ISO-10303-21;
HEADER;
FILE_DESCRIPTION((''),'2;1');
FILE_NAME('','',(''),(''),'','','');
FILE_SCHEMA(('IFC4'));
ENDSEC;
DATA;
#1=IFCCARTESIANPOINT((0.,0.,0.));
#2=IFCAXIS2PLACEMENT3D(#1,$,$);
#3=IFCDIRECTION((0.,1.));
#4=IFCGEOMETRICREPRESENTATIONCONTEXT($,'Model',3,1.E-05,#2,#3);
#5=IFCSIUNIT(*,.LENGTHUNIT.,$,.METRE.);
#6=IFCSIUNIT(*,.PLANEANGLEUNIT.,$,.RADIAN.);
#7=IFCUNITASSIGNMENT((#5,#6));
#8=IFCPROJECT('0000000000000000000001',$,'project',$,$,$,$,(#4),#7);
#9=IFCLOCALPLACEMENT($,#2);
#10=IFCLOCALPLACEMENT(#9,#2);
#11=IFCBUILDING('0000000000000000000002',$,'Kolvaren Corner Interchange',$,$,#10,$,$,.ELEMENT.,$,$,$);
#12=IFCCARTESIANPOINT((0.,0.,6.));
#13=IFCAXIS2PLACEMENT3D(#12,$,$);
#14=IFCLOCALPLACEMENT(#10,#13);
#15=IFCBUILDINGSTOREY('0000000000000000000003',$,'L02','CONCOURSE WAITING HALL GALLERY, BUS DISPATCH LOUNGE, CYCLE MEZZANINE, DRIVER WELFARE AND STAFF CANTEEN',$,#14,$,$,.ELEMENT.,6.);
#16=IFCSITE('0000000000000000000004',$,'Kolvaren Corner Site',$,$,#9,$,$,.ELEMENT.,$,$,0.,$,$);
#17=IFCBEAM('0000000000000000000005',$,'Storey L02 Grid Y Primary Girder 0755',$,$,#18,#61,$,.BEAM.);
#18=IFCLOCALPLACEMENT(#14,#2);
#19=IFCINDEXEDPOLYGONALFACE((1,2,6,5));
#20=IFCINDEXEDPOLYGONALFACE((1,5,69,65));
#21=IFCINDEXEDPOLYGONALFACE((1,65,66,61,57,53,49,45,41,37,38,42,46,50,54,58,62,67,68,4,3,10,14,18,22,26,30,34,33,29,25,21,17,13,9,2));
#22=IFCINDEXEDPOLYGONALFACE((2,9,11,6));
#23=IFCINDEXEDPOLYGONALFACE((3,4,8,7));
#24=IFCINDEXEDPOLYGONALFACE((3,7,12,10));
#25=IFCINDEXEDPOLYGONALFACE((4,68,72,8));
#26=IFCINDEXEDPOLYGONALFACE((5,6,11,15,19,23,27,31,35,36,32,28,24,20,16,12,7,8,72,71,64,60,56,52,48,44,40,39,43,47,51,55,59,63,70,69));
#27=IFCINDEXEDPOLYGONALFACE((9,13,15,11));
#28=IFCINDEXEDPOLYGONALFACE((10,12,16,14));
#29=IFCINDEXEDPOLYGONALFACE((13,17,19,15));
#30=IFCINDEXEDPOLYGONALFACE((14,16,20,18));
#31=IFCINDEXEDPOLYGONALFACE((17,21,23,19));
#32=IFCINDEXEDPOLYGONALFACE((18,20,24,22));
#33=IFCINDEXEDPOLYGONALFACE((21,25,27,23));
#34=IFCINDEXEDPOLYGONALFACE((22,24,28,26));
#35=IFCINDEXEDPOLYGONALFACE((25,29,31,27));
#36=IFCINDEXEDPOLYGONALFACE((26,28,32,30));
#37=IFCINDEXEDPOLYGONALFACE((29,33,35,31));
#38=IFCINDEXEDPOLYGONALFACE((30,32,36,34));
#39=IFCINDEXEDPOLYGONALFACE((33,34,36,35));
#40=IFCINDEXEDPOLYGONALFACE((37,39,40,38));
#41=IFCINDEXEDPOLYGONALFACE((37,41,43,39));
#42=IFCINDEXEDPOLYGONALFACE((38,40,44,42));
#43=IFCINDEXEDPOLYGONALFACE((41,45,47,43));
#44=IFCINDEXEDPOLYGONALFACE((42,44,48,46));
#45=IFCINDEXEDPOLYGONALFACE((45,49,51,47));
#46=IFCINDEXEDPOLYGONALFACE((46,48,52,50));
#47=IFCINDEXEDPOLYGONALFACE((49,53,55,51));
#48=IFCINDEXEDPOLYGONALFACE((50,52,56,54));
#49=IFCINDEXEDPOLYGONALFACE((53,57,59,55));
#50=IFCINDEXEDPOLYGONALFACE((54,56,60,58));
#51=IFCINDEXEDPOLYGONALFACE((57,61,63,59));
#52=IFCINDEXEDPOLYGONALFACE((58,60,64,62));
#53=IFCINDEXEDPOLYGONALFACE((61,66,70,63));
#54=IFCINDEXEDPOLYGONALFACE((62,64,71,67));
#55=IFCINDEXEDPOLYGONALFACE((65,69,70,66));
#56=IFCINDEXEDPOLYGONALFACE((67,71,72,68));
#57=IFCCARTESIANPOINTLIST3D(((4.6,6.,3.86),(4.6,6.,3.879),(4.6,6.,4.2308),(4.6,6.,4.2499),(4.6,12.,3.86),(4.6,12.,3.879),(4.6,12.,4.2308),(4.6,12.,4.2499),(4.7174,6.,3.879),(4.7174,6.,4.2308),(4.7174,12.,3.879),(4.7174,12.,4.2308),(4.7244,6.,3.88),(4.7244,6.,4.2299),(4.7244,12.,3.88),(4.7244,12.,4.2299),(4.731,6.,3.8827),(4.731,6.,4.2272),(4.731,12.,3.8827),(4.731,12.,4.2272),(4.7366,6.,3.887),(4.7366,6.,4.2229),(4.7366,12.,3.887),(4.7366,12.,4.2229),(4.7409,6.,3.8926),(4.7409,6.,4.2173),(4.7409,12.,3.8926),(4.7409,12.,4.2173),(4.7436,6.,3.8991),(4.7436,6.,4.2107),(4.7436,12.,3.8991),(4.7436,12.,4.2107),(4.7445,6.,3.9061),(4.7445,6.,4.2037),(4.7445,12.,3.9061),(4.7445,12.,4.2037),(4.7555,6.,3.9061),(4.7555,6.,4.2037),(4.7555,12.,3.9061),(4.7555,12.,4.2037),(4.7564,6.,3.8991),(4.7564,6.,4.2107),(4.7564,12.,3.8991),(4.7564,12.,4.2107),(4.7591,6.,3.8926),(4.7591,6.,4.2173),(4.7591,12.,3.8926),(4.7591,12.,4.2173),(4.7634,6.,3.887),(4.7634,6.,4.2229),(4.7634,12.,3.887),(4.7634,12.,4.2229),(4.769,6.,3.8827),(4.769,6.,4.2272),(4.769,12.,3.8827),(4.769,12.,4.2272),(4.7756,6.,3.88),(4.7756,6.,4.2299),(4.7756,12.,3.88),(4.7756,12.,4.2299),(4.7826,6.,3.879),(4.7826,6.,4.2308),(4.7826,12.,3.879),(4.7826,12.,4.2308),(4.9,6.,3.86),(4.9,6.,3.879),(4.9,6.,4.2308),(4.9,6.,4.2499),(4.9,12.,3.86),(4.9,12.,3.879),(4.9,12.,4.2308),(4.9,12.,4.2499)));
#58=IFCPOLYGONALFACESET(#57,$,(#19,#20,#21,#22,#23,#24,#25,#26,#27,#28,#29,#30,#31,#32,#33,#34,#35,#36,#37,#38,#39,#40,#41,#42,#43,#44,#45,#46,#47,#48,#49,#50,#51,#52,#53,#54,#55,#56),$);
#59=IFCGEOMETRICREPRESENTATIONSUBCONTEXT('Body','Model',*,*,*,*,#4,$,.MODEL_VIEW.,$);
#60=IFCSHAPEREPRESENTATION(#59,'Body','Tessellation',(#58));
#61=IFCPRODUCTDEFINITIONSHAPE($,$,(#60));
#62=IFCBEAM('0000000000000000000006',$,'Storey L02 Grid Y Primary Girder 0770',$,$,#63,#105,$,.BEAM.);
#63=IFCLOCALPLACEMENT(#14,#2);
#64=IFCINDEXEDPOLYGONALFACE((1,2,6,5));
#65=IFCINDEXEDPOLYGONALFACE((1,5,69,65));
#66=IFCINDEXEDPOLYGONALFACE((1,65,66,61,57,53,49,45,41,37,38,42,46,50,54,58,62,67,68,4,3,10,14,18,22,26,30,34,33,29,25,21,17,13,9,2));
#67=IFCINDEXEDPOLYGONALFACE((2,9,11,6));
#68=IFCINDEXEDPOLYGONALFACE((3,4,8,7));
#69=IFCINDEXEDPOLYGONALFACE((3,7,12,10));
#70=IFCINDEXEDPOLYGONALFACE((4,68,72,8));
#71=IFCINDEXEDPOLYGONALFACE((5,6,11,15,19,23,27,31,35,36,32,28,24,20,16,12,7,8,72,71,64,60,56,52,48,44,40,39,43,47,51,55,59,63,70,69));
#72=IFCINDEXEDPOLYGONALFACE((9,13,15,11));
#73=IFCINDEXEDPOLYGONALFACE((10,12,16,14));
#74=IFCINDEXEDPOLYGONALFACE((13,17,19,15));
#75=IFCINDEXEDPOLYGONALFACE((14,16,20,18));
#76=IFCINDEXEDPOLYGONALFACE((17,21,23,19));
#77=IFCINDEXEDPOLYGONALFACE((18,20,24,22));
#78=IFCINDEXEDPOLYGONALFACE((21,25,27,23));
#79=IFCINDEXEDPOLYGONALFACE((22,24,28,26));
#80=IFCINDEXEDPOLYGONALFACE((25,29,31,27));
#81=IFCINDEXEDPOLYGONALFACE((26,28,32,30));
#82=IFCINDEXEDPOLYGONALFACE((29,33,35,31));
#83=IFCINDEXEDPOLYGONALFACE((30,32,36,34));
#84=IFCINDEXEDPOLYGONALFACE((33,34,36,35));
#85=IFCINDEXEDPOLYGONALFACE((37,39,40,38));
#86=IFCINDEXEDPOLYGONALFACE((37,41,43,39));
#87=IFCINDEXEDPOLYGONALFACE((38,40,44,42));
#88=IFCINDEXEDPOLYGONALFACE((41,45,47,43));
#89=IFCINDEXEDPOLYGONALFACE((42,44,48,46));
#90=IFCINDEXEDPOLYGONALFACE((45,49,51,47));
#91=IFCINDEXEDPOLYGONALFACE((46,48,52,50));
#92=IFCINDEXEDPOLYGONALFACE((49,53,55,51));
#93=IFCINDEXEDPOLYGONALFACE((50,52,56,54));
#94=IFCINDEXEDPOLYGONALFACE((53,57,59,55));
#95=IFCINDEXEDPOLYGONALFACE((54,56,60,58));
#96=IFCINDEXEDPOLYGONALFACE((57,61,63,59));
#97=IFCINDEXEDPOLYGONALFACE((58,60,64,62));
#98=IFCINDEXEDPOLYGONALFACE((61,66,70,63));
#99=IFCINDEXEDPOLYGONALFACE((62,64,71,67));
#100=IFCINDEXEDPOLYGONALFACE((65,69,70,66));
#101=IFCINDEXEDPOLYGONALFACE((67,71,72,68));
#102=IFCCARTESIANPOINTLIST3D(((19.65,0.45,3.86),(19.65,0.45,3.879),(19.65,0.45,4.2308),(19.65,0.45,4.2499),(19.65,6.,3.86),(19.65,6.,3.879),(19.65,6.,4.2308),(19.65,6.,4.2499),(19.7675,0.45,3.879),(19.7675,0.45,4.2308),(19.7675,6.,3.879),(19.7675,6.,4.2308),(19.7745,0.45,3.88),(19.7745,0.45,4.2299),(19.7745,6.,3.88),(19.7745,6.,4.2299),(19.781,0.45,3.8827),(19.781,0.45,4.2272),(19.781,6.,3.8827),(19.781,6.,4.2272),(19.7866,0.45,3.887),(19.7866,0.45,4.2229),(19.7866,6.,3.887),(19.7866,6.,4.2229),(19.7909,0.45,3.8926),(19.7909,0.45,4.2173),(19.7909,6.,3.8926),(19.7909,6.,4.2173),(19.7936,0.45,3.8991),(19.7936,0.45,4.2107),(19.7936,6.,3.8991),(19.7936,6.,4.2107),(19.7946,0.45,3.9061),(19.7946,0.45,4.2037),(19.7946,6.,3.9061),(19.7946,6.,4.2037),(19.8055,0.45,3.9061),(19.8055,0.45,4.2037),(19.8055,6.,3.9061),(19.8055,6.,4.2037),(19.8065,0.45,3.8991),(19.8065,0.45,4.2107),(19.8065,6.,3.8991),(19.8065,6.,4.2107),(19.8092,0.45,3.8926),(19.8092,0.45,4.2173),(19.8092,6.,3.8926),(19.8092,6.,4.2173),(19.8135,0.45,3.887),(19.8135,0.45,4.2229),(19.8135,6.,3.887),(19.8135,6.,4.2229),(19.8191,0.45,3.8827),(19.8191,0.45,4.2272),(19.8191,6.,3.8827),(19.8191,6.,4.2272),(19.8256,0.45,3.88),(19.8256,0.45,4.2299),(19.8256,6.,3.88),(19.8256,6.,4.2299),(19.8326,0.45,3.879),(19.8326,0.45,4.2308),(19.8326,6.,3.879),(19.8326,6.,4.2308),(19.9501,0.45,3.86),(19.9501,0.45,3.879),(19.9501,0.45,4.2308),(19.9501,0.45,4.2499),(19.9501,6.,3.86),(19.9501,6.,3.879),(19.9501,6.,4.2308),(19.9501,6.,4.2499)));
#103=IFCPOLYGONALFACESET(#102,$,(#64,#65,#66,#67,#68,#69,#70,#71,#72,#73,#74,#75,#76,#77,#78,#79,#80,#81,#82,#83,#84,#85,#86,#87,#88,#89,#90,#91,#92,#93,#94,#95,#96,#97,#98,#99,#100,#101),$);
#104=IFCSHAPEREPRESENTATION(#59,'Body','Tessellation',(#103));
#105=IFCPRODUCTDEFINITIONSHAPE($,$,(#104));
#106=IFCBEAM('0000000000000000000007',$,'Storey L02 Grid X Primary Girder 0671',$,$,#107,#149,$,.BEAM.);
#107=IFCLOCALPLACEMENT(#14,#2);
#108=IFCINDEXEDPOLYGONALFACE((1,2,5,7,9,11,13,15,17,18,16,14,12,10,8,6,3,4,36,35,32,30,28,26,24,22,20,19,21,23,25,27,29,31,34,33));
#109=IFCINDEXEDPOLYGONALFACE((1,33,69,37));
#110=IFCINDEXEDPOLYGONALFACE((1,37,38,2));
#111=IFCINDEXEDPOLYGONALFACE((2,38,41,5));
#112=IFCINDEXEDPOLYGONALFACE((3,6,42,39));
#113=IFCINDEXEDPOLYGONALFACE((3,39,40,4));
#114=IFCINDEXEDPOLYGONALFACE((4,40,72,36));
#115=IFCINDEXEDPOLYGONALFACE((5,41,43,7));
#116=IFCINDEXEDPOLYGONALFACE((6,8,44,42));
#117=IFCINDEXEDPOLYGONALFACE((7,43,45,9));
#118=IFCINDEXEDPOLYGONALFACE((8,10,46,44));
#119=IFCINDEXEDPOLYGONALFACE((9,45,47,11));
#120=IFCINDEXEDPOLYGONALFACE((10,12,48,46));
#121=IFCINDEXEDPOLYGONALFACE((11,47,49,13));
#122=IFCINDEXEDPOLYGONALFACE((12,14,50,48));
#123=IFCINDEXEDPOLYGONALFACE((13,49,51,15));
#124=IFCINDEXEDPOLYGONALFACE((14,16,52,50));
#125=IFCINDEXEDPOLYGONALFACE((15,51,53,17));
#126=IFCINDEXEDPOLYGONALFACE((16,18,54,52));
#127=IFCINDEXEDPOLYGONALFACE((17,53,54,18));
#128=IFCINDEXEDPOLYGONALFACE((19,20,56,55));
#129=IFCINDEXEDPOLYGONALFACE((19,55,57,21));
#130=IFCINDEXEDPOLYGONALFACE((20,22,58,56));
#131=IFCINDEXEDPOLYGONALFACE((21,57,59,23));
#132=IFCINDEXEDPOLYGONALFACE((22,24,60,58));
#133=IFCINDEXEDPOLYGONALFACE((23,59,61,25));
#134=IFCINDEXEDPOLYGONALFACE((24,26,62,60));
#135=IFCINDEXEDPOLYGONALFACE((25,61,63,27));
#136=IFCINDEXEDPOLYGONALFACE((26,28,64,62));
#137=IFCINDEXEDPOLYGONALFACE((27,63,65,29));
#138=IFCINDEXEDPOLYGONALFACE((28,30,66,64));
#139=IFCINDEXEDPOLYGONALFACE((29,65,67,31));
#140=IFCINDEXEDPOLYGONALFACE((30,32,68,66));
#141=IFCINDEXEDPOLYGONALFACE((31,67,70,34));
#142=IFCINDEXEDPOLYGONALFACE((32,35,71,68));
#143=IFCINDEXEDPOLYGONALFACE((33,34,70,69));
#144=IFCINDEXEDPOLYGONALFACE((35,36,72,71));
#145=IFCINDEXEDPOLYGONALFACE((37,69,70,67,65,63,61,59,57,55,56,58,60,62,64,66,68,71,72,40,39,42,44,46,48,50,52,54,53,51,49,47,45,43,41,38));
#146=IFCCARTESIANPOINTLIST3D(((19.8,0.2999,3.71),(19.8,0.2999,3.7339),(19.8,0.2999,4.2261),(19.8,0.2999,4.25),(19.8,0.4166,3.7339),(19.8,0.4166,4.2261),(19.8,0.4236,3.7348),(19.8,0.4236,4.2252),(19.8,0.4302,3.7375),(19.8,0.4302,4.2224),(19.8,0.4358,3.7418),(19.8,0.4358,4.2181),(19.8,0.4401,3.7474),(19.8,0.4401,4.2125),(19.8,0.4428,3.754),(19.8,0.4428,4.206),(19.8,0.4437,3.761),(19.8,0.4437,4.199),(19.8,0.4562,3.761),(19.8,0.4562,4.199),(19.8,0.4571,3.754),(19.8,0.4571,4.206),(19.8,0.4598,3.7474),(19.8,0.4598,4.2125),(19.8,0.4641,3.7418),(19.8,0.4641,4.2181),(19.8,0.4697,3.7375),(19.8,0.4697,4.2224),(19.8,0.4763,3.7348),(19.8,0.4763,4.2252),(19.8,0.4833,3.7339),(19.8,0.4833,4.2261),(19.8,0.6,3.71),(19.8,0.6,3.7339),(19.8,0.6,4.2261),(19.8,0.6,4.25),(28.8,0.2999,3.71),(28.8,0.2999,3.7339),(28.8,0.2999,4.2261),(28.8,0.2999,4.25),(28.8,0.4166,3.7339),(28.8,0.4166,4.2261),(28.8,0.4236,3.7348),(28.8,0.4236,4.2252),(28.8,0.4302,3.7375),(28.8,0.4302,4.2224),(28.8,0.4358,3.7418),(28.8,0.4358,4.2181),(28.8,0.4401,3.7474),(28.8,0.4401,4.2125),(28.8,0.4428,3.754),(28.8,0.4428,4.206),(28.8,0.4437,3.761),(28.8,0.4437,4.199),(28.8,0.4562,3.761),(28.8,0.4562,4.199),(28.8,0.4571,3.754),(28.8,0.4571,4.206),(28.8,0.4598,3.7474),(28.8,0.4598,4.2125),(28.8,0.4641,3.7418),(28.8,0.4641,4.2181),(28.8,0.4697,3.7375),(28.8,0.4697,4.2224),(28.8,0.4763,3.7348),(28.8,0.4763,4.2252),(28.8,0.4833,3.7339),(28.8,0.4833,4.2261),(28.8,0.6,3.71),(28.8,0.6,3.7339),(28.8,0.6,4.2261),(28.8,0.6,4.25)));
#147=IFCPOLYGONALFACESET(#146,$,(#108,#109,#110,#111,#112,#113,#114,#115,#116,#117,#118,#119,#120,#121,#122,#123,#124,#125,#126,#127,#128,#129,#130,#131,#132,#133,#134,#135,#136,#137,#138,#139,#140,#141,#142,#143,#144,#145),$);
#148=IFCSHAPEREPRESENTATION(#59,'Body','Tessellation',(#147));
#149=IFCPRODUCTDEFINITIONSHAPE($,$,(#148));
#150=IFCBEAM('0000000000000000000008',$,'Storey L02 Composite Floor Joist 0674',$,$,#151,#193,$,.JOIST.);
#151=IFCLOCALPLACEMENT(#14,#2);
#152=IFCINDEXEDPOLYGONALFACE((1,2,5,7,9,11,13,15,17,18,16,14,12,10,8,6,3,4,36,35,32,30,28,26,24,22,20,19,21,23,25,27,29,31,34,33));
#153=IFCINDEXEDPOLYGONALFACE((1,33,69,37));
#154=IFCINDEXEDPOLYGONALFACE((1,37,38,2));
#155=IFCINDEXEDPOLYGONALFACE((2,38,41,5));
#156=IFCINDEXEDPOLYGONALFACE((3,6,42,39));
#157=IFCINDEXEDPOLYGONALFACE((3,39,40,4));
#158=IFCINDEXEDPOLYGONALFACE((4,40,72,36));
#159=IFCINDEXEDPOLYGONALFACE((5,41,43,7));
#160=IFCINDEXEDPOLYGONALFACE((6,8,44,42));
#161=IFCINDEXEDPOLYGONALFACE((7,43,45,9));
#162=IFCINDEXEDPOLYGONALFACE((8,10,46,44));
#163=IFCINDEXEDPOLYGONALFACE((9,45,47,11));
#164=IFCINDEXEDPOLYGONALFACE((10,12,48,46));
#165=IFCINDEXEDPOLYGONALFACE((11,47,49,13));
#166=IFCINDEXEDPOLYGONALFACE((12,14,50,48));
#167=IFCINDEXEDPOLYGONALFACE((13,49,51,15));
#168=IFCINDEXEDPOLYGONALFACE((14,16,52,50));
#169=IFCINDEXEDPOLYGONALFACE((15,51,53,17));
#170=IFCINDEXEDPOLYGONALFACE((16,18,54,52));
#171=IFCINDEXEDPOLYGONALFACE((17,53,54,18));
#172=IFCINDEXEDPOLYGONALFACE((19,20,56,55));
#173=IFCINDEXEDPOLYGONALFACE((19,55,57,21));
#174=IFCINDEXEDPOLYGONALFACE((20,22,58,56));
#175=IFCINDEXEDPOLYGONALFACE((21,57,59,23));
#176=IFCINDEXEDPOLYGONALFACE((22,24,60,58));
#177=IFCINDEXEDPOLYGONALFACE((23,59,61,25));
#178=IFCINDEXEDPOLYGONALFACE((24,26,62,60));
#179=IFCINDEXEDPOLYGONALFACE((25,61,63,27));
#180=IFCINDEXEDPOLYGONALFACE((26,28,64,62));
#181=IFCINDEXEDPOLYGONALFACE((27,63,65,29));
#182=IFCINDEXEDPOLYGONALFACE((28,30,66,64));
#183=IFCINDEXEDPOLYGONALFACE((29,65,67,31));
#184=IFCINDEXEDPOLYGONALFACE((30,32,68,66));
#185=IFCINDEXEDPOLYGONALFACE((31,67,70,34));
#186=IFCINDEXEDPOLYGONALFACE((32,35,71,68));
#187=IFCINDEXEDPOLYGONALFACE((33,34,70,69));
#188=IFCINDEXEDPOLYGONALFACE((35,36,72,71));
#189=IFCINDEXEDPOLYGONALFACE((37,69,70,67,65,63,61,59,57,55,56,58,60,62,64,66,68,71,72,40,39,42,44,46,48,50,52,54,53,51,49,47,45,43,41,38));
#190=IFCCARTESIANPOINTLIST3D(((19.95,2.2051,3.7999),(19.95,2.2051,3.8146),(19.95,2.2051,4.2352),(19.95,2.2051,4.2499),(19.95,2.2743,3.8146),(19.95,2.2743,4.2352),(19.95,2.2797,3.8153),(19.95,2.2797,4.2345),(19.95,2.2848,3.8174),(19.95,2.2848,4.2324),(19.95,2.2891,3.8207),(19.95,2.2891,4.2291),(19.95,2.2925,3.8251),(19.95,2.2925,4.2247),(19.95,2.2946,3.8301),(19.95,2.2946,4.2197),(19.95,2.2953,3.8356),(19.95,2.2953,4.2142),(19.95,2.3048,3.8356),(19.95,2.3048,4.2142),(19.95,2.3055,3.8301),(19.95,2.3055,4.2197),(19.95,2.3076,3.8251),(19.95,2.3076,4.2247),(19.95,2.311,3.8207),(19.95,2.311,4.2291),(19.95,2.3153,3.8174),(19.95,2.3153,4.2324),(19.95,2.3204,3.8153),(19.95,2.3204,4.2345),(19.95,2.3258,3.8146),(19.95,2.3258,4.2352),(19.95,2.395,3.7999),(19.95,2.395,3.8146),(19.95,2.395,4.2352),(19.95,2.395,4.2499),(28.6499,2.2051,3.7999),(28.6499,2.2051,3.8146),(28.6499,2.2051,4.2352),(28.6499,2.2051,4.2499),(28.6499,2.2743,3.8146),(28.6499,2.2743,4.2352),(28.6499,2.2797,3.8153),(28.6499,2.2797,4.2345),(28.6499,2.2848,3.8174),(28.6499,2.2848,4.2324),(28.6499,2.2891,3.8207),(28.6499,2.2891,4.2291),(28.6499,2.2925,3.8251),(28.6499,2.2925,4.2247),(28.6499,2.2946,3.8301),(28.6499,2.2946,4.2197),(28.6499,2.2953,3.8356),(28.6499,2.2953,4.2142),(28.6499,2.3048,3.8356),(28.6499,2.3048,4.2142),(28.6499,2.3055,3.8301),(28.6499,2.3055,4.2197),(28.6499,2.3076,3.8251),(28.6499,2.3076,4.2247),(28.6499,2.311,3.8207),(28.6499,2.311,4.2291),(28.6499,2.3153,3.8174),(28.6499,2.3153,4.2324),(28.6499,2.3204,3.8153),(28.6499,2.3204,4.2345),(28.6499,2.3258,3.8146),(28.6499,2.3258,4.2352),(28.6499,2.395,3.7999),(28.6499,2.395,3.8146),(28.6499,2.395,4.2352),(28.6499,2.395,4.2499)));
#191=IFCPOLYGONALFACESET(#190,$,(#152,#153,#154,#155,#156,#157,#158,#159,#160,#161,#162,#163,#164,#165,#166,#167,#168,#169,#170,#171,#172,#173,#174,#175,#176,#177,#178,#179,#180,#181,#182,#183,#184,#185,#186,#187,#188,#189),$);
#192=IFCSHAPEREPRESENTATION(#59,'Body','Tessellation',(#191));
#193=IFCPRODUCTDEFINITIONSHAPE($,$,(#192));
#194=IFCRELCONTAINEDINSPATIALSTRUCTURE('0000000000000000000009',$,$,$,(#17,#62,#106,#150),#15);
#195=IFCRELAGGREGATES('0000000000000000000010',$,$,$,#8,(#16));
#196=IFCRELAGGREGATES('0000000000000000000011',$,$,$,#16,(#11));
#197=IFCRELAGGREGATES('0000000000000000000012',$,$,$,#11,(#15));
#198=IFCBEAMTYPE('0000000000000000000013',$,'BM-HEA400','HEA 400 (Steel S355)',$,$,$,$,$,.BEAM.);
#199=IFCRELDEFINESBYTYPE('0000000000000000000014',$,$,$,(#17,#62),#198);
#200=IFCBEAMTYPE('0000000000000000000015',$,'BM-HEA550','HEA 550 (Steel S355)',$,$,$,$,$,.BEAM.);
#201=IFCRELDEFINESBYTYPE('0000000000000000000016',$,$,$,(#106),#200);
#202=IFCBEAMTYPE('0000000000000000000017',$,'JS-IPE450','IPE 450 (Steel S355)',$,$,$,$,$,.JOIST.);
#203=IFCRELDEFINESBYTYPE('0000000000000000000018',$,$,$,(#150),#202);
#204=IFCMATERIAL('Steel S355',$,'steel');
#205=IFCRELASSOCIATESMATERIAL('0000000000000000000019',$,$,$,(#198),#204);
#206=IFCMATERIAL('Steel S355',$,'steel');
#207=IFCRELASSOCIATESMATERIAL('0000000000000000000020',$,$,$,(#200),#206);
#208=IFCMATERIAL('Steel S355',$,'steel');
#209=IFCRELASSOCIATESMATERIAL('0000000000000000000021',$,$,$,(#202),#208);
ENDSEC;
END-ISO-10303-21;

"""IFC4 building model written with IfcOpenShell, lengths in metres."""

from ifc_helpers import new_model, si_unit, direction, frame, origin, origin_2d, place, context, subcontext, project, spatial, i_section, extrude, material, material_profile, profile_set, type_object, element, save


model = new_model("IFC4")

# Units and contexts
model_context = context("Model", 3, precision=1e-05, world=origin(), true_north=direction((0.0, 1.0)))
body_context = subcontext(model_context, "Body", "Model", "MODEL_VIEW")
ifc_project = project(units=[si_unit("LENGTHUNIT", "METRE"), si_unit("PLANEANGLEUNIT", "RADIAN")], contexts=[model_context])

# Site, building, storey
site_placement = place(None, origin())
site = spatial("IfcSite", under=ifc_project, at=site_placement, Name="Kolvaren Corner Site", CompositionType="ELEMENT", RefElevation=0.0)
building_placement = place(site_placement, origin())
building = spatial("IfcBuilding", under=site, at=building_placement, Name="Kolvaren Corner Interchange", CompositionType="ELEMENT")
storey_placement = place(building_placement, frame((0.0, 0.0, 6.0)))
storey = spatial("IfcBuildingStorey", under=building, at=storey_placement, Name="L02", Description="CONCOURSE WAITING HALL GALLERY, BUS DISPATCH LOUNGE, CYCLE MEZZANINE, DRIVER WELFARE AND STAFF CANTEEN", CompositionType="ELEMENT", Elevation=6.0)

# Beams
ifc_material_1 = material(Name="Steel S355", Category="steel")
ifc_material_profile_1 = material_profile(ifc_material_1, i_section(OverallWidth=0.3, OverallDepth=0.3899, WebThickness=0.011, FlangeThickness=0.019, FilletRadius=0.0271, at=origin_2d()), Name="HEA 400")
ifc_profile_set_1 = profile_set([ifc_material_profile_1], Name="Steel S355")
beam_type_1 = type_object("IfcBeamType", Name="BM-HEA400", Description="HEA 400 (Steel S355)", PredefinedType="BEAM", material=ifc_profile_set_1)
beam_1_placement = place(storey_placement, frame((4.75, 6.0, 4.0549), z_axis=(0.0, 1.0, 0.0), x_axis=(-1.0, 0.0, 0.0)))
element("IfcBeam", 1, at=beam_1_placement, inside=storey, type_object=beam_type_1, Name="Storey L02 Grid Y Primary Girder 0755", PredefinedType="BEAM", context=body_context, shape_type="SweptSolid", body=[
    extrude(i_section(OverallWidth=0.3, OverallDepth=0.3899, WebThickness=0.011, FlangeThickness=0.019, FilletRadius=0.0271, at=origin_2d()), origin(), (0.0, 0.0, 1.0), 6.0),
])
beam_2_placement = place(storey_placement, frame((19.8, 0.45, 4.0549), z_axis=(0.0, 1.0, 0.0), x_axis=(-1.0, 0.0, 0.0)))
element("IfcBeam", 2, at=beam_2_placement, inside=storey, type_object=beam_type_1, Name="Storey L02 Grid Y Primary Girder 0770", PredefinedType="BEAM", context=body_context, shape_type="SweptSolid", body=[
    extrude(i_section(OverallWidth=0.3, OverallDepth=0.3899, WebThickness=0.011, FlangeThickness=0.019, FilletRadius=0.0271, at=origin_2d()), origin(), (0.0, 0.0, 1.0), 5.55),
])
ifc_material_2 = material(Name="Steel S355", Category="steel")
ifc_material_profile_2 = material_profile(ifc_material_2, i_section(OverallWidth=0.3, OverallDepth=0.54, WebThickness=0.0125, FlangeThickness=0.0239, FilletRadius=0.0271, at=origin_2d()), Name="HEA 550")
ifc_profile_set_2 = profile_set([ifc_material_profile_2], Name="Steel S355")
beam_type_2 = type_object("IfcBeamType", Name="BM-HEA550", Description="HEA 550 (Steel S355)", PredefinedType="BEAM", material=ifc_profile_set_2)
beam_3_placement = place(storey_placement, frame((19.8, 0.45, 3.98), z_axis=(1.0, 0.0, 0.0), x_axis=(0.0, 1.0, 0.0)))
element("IfcBeam", 3, at=beam_3_placement, inside=storey, type_object=beam_type_2, Name="Storey L02 Grid X Primary Girder 0671", PredefinedType="BEAM", context=body_context, shape_type="SweptSolid", body=[
    extrude(i_section(OverallWidth=0.3, OverallDepth=0.54, WebThickness=0.0125, FlangeThickness=0.0239, FilletRadius=0.0271, at=origin_2d()), origin(), (0.0, 0.0, 1.0), 9.0),
])
ifc_material_3 = material(Name="Steel S355", Category="steel")
ifc_material_profile_3 = material_profile(ifc_material_3, i_section(OverallWidth=0.1899, OverallDepth=0.45, WebThickness=0.0095, FlangeThickness=0.0146, FilletRadius=0.021, at=origin_2d()), Name="IPE 450")
ifc_profile_set_3 = profile_set([ifc_material_profile_3], Name="Steel S355")
beam_type_3 = type_object("IfcBeamType", Name="JS-IPE450", Description="IPE 450 (Steel S355)", PredefinedType="JOIST", material=ifc_profile_set_3)
for number, where, z_axis, x_axis, name in (
    (4, (19.95, 2.3, 4.0249), (1.0, 0.0, 0.0), (0.0, 1.0, 0.0), "Storey L02 Composite Floor Joist 0674"),
):
    element("IfcBeam", number, at=place(storey_placement, frame(where, z_axis=z_axis, x_axis=x_axis)), inside=storey, type_object=beam_type_3, Name=name, PredefinedType="JOIST", context=body_context, shape_type="SweptSolid", body=[
        extrude(i_section(OverallWidth=0.1899, OverallDepth=0.45, WebThickness=0.0095, FlangeThickness=0.0146, FilletRadius=0.021, at=origin_2d()), origin(), (0.0, 0.0, 1.0), 8.7),
    ])

save(model, "model.ifc")
